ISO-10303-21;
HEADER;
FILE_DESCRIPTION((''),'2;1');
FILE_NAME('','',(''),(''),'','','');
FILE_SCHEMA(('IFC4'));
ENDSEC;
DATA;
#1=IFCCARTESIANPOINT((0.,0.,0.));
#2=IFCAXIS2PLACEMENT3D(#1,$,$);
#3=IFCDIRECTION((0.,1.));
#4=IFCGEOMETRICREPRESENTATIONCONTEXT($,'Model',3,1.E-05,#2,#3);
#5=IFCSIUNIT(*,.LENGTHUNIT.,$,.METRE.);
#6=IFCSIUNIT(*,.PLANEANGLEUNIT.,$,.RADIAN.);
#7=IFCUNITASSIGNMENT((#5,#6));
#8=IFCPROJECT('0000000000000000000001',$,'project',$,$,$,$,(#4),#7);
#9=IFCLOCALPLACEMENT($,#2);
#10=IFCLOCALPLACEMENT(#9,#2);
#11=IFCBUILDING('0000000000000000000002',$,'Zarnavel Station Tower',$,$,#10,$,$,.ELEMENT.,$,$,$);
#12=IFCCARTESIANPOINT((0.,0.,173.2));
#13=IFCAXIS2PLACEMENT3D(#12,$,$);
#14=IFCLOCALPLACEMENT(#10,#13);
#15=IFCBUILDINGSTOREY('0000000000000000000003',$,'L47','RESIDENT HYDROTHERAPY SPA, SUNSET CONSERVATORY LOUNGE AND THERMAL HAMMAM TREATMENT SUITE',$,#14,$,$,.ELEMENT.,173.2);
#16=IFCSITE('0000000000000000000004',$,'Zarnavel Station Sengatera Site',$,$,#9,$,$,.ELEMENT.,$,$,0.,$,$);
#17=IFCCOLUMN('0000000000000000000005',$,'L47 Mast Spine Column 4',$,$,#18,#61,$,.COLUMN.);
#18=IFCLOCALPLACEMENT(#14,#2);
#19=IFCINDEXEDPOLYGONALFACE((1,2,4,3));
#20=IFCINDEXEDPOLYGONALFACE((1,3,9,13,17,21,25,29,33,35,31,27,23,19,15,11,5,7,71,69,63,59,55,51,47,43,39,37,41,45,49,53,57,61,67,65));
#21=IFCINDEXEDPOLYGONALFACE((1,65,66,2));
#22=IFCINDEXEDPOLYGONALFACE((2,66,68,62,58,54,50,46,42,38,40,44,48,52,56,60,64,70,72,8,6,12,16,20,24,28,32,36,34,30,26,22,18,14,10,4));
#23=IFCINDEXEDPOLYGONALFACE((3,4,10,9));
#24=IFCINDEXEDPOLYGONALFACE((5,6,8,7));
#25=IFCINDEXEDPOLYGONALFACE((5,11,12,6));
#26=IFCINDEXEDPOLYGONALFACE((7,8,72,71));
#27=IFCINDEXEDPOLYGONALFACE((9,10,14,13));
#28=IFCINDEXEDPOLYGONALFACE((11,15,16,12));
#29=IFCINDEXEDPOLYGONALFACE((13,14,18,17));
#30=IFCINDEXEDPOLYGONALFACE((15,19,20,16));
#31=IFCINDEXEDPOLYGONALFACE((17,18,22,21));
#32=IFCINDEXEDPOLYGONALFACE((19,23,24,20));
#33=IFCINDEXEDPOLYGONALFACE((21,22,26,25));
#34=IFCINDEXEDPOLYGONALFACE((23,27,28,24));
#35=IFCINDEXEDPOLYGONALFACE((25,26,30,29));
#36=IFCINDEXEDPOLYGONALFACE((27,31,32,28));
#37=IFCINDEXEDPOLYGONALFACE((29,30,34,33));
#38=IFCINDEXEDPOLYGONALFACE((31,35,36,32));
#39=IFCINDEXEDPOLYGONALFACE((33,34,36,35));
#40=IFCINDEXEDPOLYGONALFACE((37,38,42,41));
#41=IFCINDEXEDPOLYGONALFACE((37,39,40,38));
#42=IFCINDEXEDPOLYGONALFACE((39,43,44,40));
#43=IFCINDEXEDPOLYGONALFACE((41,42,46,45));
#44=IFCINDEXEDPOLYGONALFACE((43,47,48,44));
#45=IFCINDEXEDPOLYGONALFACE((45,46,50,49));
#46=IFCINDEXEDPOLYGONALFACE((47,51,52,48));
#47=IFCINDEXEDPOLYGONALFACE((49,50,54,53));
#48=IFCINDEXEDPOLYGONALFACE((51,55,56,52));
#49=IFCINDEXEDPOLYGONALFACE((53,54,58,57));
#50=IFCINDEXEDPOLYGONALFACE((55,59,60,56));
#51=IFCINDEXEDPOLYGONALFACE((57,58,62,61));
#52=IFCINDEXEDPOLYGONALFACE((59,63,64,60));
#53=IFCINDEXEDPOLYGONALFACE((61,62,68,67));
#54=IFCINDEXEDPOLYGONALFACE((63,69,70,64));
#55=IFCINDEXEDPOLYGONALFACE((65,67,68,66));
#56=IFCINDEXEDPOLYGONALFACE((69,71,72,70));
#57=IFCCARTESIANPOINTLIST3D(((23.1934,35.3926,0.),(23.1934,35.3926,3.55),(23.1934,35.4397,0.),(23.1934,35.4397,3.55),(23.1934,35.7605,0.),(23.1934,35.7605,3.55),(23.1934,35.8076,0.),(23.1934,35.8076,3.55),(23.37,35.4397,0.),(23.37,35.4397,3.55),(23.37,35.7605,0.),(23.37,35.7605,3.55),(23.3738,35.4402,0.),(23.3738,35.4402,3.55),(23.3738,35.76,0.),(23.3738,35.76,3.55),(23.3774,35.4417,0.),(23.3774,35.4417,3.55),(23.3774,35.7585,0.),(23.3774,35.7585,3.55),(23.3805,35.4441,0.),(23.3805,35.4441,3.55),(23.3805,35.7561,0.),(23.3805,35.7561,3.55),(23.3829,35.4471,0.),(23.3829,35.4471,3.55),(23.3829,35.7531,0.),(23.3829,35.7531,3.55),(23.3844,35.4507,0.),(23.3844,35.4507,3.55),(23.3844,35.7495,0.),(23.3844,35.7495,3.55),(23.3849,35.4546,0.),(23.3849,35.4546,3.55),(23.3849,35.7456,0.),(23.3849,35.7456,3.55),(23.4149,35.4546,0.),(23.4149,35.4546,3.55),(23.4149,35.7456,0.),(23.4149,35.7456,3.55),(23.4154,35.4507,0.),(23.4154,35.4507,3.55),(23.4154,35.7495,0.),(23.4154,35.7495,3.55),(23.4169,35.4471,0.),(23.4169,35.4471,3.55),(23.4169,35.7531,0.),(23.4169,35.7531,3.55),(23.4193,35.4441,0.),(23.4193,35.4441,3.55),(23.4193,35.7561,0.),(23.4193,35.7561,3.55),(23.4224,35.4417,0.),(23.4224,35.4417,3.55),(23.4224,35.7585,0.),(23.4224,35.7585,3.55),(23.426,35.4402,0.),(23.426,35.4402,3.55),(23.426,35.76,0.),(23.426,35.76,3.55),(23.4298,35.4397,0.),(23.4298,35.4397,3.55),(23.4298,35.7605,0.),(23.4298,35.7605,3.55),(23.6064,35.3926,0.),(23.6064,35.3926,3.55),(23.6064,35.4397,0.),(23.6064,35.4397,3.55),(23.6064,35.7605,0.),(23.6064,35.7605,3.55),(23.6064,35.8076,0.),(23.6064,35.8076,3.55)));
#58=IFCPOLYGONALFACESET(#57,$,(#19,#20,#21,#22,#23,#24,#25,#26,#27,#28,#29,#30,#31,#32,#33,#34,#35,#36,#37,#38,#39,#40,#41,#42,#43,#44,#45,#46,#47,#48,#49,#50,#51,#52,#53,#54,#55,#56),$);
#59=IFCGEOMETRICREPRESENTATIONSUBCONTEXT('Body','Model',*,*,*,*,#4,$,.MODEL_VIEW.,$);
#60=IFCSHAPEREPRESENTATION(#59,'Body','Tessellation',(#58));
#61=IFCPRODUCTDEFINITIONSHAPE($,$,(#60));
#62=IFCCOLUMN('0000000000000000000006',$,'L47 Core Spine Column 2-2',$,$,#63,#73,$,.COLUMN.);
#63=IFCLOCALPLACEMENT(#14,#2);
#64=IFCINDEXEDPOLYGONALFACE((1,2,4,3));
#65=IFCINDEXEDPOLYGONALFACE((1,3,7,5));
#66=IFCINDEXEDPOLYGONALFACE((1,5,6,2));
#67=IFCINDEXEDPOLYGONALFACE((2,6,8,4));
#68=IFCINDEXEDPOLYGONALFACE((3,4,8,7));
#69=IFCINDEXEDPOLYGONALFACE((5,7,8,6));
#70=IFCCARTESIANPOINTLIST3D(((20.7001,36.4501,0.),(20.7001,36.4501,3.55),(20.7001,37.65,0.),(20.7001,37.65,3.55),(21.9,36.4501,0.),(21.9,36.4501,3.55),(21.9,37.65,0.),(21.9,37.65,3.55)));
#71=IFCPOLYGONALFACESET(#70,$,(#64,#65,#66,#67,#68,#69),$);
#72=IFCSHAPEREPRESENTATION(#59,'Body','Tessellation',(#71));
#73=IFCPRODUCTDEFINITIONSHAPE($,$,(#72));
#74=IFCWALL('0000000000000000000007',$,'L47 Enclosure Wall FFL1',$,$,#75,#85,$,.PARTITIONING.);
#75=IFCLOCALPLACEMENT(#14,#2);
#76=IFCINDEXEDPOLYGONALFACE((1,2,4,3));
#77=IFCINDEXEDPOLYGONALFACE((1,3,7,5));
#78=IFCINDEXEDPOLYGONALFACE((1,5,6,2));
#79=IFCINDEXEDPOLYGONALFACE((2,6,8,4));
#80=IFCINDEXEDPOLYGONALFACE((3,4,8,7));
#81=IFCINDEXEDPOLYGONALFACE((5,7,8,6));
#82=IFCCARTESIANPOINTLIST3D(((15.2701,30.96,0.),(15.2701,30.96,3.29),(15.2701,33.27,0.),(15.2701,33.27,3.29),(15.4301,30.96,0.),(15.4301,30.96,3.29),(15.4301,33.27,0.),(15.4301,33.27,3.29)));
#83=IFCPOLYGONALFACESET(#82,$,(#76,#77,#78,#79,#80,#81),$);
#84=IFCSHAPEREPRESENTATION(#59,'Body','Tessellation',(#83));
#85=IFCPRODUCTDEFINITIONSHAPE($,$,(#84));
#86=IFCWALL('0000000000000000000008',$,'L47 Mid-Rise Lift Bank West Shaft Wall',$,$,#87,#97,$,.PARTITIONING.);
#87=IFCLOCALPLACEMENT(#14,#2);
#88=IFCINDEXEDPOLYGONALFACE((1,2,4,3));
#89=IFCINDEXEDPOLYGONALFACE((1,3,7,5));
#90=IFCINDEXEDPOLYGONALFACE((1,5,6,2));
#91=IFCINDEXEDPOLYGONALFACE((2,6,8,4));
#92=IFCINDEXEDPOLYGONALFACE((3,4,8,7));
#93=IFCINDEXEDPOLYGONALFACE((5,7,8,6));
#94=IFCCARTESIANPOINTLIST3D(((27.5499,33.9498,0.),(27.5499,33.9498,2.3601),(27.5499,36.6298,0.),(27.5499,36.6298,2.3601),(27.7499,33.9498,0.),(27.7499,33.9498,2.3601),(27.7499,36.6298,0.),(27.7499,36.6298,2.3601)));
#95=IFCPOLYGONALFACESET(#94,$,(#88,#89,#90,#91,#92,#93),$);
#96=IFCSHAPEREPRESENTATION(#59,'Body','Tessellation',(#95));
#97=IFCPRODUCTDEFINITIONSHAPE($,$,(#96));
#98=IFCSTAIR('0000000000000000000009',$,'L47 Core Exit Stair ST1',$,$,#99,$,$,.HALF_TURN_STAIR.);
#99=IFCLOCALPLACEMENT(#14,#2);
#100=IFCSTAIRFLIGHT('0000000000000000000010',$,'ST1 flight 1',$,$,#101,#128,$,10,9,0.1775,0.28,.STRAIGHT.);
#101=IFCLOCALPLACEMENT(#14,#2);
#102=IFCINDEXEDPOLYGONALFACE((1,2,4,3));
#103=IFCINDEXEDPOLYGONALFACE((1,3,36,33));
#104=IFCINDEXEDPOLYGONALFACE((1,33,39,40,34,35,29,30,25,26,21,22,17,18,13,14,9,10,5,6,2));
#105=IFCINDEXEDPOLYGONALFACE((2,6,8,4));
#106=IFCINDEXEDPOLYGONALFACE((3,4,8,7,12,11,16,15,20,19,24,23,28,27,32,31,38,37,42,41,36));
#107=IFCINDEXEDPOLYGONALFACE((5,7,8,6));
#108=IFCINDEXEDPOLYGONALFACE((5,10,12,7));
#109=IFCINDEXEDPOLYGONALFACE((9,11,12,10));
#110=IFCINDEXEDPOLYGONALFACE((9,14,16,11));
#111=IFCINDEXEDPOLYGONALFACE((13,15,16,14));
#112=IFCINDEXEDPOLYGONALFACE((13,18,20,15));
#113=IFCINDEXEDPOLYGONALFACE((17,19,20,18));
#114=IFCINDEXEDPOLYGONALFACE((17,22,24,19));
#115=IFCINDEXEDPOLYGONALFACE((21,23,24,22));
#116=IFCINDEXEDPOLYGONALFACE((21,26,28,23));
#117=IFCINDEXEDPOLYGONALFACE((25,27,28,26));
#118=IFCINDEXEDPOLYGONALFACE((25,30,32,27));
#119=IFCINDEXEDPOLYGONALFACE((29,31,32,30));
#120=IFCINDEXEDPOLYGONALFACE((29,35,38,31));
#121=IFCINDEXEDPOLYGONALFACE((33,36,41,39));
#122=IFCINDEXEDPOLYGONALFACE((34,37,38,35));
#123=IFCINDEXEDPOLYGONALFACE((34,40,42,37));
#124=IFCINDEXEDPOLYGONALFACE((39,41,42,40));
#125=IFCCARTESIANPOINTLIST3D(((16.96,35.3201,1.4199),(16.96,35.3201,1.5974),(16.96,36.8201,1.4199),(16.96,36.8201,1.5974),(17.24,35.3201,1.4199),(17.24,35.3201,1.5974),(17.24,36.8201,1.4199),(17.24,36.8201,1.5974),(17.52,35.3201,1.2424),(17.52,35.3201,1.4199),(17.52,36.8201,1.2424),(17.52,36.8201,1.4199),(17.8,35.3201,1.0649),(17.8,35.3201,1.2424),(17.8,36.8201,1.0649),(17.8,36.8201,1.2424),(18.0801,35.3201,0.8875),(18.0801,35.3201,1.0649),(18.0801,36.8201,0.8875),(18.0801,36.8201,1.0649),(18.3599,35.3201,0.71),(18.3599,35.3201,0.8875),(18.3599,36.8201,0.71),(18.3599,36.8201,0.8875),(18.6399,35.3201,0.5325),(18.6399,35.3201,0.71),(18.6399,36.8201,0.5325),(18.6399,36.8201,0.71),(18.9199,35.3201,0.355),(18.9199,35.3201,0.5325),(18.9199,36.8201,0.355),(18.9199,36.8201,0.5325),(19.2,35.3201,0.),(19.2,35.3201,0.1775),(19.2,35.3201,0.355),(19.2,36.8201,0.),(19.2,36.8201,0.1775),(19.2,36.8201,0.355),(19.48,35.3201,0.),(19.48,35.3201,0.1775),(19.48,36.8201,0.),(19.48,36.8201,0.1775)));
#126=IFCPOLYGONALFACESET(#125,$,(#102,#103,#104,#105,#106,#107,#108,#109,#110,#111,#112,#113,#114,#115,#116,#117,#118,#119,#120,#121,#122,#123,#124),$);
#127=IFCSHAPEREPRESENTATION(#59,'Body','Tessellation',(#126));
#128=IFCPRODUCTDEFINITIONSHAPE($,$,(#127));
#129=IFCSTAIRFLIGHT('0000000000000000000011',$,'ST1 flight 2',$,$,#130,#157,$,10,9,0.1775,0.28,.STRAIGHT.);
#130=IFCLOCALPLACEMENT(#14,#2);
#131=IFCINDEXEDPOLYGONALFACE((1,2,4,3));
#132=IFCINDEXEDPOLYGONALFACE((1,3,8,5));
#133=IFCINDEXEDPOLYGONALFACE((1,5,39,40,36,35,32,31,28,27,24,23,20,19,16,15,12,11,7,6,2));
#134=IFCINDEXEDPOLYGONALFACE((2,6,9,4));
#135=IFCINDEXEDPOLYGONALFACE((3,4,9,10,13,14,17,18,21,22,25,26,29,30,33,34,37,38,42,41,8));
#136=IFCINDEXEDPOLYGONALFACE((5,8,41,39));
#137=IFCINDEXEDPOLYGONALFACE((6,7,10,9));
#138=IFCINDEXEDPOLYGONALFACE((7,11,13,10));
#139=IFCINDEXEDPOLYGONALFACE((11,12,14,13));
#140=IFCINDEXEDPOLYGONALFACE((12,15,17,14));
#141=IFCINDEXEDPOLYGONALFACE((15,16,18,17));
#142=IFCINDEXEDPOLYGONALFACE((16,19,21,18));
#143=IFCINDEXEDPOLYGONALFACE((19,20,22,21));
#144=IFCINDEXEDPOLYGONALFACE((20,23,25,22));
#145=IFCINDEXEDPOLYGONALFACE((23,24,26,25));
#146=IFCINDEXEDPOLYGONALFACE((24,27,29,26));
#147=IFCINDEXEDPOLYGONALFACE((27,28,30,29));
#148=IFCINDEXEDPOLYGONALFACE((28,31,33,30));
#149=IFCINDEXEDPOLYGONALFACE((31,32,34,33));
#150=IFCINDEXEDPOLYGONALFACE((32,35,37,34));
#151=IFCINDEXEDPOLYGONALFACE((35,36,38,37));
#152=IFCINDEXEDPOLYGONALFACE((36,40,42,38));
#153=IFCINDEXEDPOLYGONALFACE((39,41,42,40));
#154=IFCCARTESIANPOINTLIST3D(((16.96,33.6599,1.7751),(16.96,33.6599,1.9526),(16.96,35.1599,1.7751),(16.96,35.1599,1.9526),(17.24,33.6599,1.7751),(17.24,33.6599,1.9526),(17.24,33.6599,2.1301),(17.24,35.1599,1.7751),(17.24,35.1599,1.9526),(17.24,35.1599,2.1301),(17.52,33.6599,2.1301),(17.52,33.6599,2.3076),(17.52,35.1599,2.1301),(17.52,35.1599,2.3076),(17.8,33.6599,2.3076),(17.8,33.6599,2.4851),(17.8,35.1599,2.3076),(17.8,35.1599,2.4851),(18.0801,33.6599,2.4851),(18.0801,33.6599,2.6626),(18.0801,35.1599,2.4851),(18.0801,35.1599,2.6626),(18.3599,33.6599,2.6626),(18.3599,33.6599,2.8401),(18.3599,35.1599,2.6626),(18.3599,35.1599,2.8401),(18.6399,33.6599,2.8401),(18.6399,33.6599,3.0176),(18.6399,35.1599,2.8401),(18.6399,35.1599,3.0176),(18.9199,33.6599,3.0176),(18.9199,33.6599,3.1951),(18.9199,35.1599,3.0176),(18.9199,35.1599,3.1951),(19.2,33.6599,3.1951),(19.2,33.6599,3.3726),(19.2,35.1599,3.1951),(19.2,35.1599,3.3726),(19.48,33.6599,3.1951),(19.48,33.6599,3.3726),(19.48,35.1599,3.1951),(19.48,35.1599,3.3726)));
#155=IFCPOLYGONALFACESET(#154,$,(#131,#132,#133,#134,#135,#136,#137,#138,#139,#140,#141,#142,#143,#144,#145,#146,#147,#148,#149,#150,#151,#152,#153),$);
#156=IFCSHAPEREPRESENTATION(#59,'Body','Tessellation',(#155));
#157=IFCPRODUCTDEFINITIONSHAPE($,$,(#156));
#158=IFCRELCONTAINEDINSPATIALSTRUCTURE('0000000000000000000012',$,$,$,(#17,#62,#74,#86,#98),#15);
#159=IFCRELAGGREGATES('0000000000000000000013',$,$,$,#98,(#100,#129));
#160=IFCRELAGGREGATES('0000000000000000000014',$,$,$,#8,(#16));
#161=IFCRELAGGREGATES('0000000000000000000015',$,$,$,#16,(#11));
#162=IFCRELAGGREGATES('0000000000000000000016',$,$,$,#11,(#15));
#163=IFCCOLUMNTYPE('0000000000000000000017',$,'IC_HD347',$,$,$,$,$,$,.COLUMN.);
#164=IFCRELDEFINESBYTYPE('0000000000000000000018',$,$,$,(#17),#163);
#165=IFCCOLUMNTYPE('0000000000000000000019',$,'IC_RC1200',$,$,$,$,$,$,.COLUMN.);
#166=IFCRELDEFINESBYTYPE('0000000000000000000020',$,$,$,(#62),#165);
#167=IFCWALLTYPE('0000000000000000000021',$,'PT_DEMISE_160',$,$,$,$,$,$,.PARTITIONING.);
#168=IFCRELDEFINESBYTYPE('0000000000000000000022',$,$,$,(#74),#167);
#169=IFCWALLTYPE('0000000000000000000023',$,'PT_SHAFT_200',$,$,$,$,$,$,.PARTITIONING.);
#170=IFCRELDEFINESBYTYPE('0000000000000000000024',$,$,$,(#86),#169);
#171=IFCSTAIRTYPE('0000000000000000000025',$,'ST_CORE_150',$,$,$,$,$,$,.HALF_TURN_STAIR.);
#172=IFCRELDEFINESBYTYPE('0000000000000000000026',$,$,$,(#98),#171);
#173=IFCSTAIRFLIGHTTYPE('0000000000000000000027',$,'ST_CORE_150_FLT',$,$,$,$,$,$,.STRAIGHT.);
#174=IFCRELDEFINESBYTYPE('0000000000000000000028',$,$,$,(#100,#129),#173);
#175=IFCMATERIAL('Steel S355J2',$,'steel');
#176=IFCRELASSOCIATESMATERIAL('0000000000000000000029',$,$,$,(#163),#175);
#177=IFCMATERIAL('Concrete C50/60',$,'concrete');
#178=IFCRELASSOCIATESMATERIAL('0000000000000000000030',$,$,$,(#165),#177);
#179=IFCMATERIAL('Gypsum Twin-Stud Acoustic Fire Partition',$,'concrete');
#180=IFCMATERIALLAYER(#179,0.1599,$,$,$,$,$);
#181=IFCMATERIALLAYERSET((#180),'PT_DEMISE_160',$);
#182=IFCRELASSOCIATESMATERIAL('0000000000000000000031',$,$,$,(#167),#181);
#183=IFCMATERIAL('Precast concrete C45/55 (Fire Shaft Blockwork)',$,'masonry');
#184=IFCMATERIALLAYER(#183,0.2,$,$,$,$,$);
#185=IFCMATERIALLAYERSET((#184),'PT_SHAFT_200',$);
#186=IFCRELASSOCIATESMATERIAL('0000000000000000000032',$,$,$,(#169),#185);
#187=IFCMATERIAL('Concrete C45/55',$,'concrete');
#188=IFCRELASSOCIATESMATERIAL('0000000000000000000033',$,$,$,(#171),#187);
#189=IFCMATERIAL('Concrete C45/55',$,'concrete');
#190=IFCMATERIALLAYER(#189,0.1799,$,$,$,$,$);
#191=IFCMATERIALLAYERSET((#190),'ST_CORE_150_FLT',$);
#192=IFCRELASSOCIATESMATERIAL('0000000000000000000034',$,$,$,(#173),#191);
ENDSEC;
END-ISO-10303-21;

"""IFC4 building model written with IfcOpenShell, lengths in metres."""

from ifc_helpers import new_model, si_unit, direction, frame, frame_2d, origin, origin_2d, place, context, subcontext, project, spatial, polyline, rectangle, i_section, outline, extrude, material, layer, layer_set, material_profile, profile_set, type_object, element, aggregate, save


model = new_model("IFC4")

# Units and contexts
model_context = context("Model", 3, precision=1e-05, world=origin(), true_north=direction((0.0, 1.0)))
body_context = subcontext(model_context, "Body", "Model", "MODEL_VIEW")
ifc_project = project(units=[si_unit("LENGTHUNIT", "METRE"), si_unit("PLANEANGLEUNIT", "RADIAN")], contexts=[model_context])

# Site, building, storey
site_placement = place(None, origin())
site = spatial("IfcSite", under=ifc_project, at=site_placement, Name="Zarnavel Station Sengatera Site", CompositionType="ELEMENT", RefElevation=0.0)
building_placement = place(site_placement, origin())
building = spatial("IfcBuilding", under=site, at=building_placement, Name="Zarnavel Station Tower", CompositionType="ELEMENT")
storey_placement = place(building_placement, frame((0.0, 0.0, 173.2)))
storey = spatial("IfcBuildingStorey", under=building, at=storey_placement, Name="L47", Description="RESIDENT HYDROTHERAPY SPA, SUNSET CONSERVATORY LOUNGE AND THERMAL HAMMAM TREATMENT SUITE", CompositionType="ELEMENT", Elevation=173.2)

# Columns
ifc_material_1 = material(Name="Steel S355J2", Category="steel")
ifc_material_profile_1 = material_profile(ifc_material_1, i_section(OverallWidth=0.4131, OverallDepth=0.415, WebThickness=0.03, FlangeThickness=0.0471, FilletRadius=0.0149, at=origin_2d()), Name="HD400x347")
ifc_profile_set_1 = profile_set([ifc_material_profile_1], Name="Steel S355J2")
column_type_1 = type_object("IfcColumnType", Name="IC_HD347", PredefinedType="COLUMN", material=ifc_profile_set_1)
column_1_placement = place(storey_placement, frame((23.3999, 35.6001, 0.0), z_axis=(0.0, 0.0, 1.0), x_axis=(1.0, 0.0, 0.0)))
element("IfcColumn", 1, at=column_1_placement, inside=storey, type_object=column_type_1, Name="L47 Mast Spine Column 4", PredefinedType="COLUMN", context=body_context, shape_type="SweptSolid", body=[
    extrude(i_section(OverallWidth=0.4131, OverallDepth=0.415, WebThickness=0.03, FlangeThickness=0.0471, FilletRadius=0.0149, at=origin_2d()), origin(), (0.0, 0.0, 1.0), 3.55),
])
ifc_material_2 = material(Name="Concrete C50/60", Category="concrete")
ifc_material_profile_2 = material_profile(ifc_material_2, rectangle(XDim=1.2, YDim=1.2, at=origin_2d()), Name="RC1200x1200")
ifc_profile_set_2 = profile_set([ifc_material_profile_2], Name="Concrete C50/60")
column_type_2 = type_object("IfcColumnType", Name="IC_RC1200", PredefinedType="COLUMN", material=ifc_profile_set_2)
column_2_placement = place(storey_placement, frame((21.3, 37.05, 0.0), z_axis=(0.0, 0.0, 1.0), x_axis=(1.0, 0.0, 0.0)))
element("IfcColumn", 2, at=column_2_placement, inside=storey, type_object=column_type_2, Name="L47 Core Spine Column 2-2", PredefinedType="COLUMN", context=body_context, shape_type="SweptSolid", body=[
    extrude(rectangle(XDim=1.2, YDim=1.2, at=origin_2d()), origin(), (0.0, 0.0, 1.0), 3.55),
])

# Wall
ifc_material_3 = material(Name="Gypsum Twin-Stud Acoustic Fire Partition", Category="concrete")
ifc_layer_1 = layer(ifc_material_3, 0.1599)
ifc_layer_set_1 = layer_set([ifc_layer_1], Name="PT_DEMISE_160")
wall_type_1 = type_object("IfcWallType", Name="PT_DEMISE_160", PredefinedType="PARTITIONING", material=ifc_layer_set_1)
wall_1_placement = place(storey_placement, frame((15.3501, 30.96, 0.0), z_axis=(0.0, 0.0, 1.0), x_axis=(0.0, 1.0, 0.0)))
element("IfcWall", 3, at=wall_1_placement, inside=storey, type_object=wall_type_1, Name="L47 Enclosure Wall FFL1", PredefinedType="PARTITIONING", context=body_context, shape_type="SweptSolid", body=[
    extrude(rectangle(XDim=2.3101, YDim=0.1599, at=frame_2d((1.155, 0.0))), origin(), (0.0, 0.0, 1.0), 3.29),
])

# Shared definitions
ifc_material_4 = material(Name="Precast concrete C45/55 (Fire Shaft Blockwork)", Category="masonry")
ifc_layer_2 = layer(ifc_material_4, 0.2)
ifc_layer_set_2 = layer_set([ifc_layer_2], Name="PT_SHAFT_200")
wall_type_2 = type_object("IfcWallType", Name="PT_SHAFT_200", PredefinedType="PARTITIONING", material=ifc_layer_set_2)

# Wall
wall_2_placement = place(storey_placement, frame((27.6499, 33.95, 0.0), z_axis=(0.0, 0.0, 1.0), x_axis=(0.0, 1.0, 0.0)))
element("IfcWall", 4, at=wall_2_placement, inside=storey, type_object=wall_type_2, Name="L47 Mid-Rise Lift Bank West Shaft Wall", PredefinedType="PARTITIONING", context=body_context, shape_type="SweptSolid", body=[
    extrude(rectangle(XDim=2.6799, YDim=0.2, at=frame_2d((1.3398, 0.0))), origin(), (0.0, 0.0, 1.0), 2.3601),
])

# Stair, stair flights
ifc_material_5 = material(Name="Concrete C45/55", Category="concrete")
stair_type = type_object("IfcStairType", Name="ST_CORE_150", PredefinedType="HALF_TURN_STAIR", material=ifc_material_5)
stair_placement = place(storey_placement, origin())
stair = element("IfcStair", 5, at=stair_placement, inside=storey, type_object=stair_type, Name="L47 Core Exit Stair ST1", PredefinedType="HALF_TURN_STAIR")
ifc_material_6 = material(Name="Concrete C45/55", Category="concrete")
ifc_layer_3 = layer(ifc_material_6, 0.1799)
ifc_layer_set_3 = layer_set([ifc_layer_3], Name="ST_CORE_150_FLT")
stair_flight_type = type_object("IfcStairFlightType", Name="ST_CORE_150_FLT", PredefinedType="STRAIGHT", material=ifc_layer_set_3)
stair_flight_1_placement = place(storey_placement, frame((19.48, 36.0701, 0.0), z_axis=(0.0, 0.0, 1.0), x_axis=(-1.0, 0.0, 0.0)))
stair_flight_1 = element("IfcStairFlight", 6, at=stair_flight_1_placement, type_object=stair_flight_type, Name="ST1 flight 1", NumberOfRisers=10, NumberOfTreads=9, PredefinedType="STRAIGHT", RiserHeight=0.1775, TreadLength=0.28, context=body_context, shape_type="SweptSolid", body=[
    extrude(outline(polyline([(0.0, 0.0), (0.0, 0.1775), (0.28, 0.1775), (0.28, 0.355), (0.5601, 0.355), (0.5601, 0.5325), (0.8401, 0.5325), (0.8401, 0.71), (1.1201, 0.71), (1.1201, 0.8875), (1.3999, 0.8875), (1.3999, 1.0649), (1.6799, 1.0649), (1.6799, 1.2424), (1.96, 1.2424), (1.96, 1.4199), (2.24, 1.4199), (2.24, 1.5974), (2.52, 1.5974), (2.52, 1.7749), (2.52, 1.4199), (0.28, 0.0), (0.0, 0.0)])), frame((0.0, 0.75, 0.0), z_axis=(0.0, -1.0, 0.0), x_axis=(1.0, 0.0, 0.0)), (0.0, 0.0, 1.0), 1.5),
])
stair_flight_2_placement = place(storey_placement, frame((16.96, 34.4099, 1.7751), z_axis=(0.0, 0.0, 1.0), x_axis=(1.0, 0.0, 0.0)))
stair_flight_2 = element("IfcStairFlight", 7, at=stair_flight_2_placement, type_object=stair_flight_type, Name="ST1 flight 2", NumberOfRisers=10, NumberOfTreads=9, PredefinedType="STRAIGHT", RiserHeight=0.1775, TreadLength=0.28, context=body_context, shape_type="SweptSolid", body=[
    extrude(outline(polyline([(0.0, 0.0), (0.0, 0.1775), (0.28, 0.1775), (0.28, 0.355), (0.5601, 0.355), (0.5601, 0.5325), (0.8401, 0.5325), (0.8401, 0.71), (1.1201, 0.71), (1.1201, 0.8875), (1.3999, 0.8875), (1.3999, 1.0649), (1.6799, 1.0649), (1.6799, 1.2424), (1.96, 1.2424), (1.96, 1.4199), (2.24, 1.4199), (2.24, 1.5974), (2.52, 1.5974), (2.52, 1.7749), (2.52, 1.4199), (0.28, 0.0), (0.0, 0.0)])), frame((0.0, 0.75, 0.0), z_axis=(0.0, -1.0, 0.0), x_axis=(1.0, 0.0, 0.0)), (0.0, 0.0, 1.0), 1.5),
])
aggregate(stair, [stair_flight_1, stair_flight_2])

save(model, "model.ifc")
